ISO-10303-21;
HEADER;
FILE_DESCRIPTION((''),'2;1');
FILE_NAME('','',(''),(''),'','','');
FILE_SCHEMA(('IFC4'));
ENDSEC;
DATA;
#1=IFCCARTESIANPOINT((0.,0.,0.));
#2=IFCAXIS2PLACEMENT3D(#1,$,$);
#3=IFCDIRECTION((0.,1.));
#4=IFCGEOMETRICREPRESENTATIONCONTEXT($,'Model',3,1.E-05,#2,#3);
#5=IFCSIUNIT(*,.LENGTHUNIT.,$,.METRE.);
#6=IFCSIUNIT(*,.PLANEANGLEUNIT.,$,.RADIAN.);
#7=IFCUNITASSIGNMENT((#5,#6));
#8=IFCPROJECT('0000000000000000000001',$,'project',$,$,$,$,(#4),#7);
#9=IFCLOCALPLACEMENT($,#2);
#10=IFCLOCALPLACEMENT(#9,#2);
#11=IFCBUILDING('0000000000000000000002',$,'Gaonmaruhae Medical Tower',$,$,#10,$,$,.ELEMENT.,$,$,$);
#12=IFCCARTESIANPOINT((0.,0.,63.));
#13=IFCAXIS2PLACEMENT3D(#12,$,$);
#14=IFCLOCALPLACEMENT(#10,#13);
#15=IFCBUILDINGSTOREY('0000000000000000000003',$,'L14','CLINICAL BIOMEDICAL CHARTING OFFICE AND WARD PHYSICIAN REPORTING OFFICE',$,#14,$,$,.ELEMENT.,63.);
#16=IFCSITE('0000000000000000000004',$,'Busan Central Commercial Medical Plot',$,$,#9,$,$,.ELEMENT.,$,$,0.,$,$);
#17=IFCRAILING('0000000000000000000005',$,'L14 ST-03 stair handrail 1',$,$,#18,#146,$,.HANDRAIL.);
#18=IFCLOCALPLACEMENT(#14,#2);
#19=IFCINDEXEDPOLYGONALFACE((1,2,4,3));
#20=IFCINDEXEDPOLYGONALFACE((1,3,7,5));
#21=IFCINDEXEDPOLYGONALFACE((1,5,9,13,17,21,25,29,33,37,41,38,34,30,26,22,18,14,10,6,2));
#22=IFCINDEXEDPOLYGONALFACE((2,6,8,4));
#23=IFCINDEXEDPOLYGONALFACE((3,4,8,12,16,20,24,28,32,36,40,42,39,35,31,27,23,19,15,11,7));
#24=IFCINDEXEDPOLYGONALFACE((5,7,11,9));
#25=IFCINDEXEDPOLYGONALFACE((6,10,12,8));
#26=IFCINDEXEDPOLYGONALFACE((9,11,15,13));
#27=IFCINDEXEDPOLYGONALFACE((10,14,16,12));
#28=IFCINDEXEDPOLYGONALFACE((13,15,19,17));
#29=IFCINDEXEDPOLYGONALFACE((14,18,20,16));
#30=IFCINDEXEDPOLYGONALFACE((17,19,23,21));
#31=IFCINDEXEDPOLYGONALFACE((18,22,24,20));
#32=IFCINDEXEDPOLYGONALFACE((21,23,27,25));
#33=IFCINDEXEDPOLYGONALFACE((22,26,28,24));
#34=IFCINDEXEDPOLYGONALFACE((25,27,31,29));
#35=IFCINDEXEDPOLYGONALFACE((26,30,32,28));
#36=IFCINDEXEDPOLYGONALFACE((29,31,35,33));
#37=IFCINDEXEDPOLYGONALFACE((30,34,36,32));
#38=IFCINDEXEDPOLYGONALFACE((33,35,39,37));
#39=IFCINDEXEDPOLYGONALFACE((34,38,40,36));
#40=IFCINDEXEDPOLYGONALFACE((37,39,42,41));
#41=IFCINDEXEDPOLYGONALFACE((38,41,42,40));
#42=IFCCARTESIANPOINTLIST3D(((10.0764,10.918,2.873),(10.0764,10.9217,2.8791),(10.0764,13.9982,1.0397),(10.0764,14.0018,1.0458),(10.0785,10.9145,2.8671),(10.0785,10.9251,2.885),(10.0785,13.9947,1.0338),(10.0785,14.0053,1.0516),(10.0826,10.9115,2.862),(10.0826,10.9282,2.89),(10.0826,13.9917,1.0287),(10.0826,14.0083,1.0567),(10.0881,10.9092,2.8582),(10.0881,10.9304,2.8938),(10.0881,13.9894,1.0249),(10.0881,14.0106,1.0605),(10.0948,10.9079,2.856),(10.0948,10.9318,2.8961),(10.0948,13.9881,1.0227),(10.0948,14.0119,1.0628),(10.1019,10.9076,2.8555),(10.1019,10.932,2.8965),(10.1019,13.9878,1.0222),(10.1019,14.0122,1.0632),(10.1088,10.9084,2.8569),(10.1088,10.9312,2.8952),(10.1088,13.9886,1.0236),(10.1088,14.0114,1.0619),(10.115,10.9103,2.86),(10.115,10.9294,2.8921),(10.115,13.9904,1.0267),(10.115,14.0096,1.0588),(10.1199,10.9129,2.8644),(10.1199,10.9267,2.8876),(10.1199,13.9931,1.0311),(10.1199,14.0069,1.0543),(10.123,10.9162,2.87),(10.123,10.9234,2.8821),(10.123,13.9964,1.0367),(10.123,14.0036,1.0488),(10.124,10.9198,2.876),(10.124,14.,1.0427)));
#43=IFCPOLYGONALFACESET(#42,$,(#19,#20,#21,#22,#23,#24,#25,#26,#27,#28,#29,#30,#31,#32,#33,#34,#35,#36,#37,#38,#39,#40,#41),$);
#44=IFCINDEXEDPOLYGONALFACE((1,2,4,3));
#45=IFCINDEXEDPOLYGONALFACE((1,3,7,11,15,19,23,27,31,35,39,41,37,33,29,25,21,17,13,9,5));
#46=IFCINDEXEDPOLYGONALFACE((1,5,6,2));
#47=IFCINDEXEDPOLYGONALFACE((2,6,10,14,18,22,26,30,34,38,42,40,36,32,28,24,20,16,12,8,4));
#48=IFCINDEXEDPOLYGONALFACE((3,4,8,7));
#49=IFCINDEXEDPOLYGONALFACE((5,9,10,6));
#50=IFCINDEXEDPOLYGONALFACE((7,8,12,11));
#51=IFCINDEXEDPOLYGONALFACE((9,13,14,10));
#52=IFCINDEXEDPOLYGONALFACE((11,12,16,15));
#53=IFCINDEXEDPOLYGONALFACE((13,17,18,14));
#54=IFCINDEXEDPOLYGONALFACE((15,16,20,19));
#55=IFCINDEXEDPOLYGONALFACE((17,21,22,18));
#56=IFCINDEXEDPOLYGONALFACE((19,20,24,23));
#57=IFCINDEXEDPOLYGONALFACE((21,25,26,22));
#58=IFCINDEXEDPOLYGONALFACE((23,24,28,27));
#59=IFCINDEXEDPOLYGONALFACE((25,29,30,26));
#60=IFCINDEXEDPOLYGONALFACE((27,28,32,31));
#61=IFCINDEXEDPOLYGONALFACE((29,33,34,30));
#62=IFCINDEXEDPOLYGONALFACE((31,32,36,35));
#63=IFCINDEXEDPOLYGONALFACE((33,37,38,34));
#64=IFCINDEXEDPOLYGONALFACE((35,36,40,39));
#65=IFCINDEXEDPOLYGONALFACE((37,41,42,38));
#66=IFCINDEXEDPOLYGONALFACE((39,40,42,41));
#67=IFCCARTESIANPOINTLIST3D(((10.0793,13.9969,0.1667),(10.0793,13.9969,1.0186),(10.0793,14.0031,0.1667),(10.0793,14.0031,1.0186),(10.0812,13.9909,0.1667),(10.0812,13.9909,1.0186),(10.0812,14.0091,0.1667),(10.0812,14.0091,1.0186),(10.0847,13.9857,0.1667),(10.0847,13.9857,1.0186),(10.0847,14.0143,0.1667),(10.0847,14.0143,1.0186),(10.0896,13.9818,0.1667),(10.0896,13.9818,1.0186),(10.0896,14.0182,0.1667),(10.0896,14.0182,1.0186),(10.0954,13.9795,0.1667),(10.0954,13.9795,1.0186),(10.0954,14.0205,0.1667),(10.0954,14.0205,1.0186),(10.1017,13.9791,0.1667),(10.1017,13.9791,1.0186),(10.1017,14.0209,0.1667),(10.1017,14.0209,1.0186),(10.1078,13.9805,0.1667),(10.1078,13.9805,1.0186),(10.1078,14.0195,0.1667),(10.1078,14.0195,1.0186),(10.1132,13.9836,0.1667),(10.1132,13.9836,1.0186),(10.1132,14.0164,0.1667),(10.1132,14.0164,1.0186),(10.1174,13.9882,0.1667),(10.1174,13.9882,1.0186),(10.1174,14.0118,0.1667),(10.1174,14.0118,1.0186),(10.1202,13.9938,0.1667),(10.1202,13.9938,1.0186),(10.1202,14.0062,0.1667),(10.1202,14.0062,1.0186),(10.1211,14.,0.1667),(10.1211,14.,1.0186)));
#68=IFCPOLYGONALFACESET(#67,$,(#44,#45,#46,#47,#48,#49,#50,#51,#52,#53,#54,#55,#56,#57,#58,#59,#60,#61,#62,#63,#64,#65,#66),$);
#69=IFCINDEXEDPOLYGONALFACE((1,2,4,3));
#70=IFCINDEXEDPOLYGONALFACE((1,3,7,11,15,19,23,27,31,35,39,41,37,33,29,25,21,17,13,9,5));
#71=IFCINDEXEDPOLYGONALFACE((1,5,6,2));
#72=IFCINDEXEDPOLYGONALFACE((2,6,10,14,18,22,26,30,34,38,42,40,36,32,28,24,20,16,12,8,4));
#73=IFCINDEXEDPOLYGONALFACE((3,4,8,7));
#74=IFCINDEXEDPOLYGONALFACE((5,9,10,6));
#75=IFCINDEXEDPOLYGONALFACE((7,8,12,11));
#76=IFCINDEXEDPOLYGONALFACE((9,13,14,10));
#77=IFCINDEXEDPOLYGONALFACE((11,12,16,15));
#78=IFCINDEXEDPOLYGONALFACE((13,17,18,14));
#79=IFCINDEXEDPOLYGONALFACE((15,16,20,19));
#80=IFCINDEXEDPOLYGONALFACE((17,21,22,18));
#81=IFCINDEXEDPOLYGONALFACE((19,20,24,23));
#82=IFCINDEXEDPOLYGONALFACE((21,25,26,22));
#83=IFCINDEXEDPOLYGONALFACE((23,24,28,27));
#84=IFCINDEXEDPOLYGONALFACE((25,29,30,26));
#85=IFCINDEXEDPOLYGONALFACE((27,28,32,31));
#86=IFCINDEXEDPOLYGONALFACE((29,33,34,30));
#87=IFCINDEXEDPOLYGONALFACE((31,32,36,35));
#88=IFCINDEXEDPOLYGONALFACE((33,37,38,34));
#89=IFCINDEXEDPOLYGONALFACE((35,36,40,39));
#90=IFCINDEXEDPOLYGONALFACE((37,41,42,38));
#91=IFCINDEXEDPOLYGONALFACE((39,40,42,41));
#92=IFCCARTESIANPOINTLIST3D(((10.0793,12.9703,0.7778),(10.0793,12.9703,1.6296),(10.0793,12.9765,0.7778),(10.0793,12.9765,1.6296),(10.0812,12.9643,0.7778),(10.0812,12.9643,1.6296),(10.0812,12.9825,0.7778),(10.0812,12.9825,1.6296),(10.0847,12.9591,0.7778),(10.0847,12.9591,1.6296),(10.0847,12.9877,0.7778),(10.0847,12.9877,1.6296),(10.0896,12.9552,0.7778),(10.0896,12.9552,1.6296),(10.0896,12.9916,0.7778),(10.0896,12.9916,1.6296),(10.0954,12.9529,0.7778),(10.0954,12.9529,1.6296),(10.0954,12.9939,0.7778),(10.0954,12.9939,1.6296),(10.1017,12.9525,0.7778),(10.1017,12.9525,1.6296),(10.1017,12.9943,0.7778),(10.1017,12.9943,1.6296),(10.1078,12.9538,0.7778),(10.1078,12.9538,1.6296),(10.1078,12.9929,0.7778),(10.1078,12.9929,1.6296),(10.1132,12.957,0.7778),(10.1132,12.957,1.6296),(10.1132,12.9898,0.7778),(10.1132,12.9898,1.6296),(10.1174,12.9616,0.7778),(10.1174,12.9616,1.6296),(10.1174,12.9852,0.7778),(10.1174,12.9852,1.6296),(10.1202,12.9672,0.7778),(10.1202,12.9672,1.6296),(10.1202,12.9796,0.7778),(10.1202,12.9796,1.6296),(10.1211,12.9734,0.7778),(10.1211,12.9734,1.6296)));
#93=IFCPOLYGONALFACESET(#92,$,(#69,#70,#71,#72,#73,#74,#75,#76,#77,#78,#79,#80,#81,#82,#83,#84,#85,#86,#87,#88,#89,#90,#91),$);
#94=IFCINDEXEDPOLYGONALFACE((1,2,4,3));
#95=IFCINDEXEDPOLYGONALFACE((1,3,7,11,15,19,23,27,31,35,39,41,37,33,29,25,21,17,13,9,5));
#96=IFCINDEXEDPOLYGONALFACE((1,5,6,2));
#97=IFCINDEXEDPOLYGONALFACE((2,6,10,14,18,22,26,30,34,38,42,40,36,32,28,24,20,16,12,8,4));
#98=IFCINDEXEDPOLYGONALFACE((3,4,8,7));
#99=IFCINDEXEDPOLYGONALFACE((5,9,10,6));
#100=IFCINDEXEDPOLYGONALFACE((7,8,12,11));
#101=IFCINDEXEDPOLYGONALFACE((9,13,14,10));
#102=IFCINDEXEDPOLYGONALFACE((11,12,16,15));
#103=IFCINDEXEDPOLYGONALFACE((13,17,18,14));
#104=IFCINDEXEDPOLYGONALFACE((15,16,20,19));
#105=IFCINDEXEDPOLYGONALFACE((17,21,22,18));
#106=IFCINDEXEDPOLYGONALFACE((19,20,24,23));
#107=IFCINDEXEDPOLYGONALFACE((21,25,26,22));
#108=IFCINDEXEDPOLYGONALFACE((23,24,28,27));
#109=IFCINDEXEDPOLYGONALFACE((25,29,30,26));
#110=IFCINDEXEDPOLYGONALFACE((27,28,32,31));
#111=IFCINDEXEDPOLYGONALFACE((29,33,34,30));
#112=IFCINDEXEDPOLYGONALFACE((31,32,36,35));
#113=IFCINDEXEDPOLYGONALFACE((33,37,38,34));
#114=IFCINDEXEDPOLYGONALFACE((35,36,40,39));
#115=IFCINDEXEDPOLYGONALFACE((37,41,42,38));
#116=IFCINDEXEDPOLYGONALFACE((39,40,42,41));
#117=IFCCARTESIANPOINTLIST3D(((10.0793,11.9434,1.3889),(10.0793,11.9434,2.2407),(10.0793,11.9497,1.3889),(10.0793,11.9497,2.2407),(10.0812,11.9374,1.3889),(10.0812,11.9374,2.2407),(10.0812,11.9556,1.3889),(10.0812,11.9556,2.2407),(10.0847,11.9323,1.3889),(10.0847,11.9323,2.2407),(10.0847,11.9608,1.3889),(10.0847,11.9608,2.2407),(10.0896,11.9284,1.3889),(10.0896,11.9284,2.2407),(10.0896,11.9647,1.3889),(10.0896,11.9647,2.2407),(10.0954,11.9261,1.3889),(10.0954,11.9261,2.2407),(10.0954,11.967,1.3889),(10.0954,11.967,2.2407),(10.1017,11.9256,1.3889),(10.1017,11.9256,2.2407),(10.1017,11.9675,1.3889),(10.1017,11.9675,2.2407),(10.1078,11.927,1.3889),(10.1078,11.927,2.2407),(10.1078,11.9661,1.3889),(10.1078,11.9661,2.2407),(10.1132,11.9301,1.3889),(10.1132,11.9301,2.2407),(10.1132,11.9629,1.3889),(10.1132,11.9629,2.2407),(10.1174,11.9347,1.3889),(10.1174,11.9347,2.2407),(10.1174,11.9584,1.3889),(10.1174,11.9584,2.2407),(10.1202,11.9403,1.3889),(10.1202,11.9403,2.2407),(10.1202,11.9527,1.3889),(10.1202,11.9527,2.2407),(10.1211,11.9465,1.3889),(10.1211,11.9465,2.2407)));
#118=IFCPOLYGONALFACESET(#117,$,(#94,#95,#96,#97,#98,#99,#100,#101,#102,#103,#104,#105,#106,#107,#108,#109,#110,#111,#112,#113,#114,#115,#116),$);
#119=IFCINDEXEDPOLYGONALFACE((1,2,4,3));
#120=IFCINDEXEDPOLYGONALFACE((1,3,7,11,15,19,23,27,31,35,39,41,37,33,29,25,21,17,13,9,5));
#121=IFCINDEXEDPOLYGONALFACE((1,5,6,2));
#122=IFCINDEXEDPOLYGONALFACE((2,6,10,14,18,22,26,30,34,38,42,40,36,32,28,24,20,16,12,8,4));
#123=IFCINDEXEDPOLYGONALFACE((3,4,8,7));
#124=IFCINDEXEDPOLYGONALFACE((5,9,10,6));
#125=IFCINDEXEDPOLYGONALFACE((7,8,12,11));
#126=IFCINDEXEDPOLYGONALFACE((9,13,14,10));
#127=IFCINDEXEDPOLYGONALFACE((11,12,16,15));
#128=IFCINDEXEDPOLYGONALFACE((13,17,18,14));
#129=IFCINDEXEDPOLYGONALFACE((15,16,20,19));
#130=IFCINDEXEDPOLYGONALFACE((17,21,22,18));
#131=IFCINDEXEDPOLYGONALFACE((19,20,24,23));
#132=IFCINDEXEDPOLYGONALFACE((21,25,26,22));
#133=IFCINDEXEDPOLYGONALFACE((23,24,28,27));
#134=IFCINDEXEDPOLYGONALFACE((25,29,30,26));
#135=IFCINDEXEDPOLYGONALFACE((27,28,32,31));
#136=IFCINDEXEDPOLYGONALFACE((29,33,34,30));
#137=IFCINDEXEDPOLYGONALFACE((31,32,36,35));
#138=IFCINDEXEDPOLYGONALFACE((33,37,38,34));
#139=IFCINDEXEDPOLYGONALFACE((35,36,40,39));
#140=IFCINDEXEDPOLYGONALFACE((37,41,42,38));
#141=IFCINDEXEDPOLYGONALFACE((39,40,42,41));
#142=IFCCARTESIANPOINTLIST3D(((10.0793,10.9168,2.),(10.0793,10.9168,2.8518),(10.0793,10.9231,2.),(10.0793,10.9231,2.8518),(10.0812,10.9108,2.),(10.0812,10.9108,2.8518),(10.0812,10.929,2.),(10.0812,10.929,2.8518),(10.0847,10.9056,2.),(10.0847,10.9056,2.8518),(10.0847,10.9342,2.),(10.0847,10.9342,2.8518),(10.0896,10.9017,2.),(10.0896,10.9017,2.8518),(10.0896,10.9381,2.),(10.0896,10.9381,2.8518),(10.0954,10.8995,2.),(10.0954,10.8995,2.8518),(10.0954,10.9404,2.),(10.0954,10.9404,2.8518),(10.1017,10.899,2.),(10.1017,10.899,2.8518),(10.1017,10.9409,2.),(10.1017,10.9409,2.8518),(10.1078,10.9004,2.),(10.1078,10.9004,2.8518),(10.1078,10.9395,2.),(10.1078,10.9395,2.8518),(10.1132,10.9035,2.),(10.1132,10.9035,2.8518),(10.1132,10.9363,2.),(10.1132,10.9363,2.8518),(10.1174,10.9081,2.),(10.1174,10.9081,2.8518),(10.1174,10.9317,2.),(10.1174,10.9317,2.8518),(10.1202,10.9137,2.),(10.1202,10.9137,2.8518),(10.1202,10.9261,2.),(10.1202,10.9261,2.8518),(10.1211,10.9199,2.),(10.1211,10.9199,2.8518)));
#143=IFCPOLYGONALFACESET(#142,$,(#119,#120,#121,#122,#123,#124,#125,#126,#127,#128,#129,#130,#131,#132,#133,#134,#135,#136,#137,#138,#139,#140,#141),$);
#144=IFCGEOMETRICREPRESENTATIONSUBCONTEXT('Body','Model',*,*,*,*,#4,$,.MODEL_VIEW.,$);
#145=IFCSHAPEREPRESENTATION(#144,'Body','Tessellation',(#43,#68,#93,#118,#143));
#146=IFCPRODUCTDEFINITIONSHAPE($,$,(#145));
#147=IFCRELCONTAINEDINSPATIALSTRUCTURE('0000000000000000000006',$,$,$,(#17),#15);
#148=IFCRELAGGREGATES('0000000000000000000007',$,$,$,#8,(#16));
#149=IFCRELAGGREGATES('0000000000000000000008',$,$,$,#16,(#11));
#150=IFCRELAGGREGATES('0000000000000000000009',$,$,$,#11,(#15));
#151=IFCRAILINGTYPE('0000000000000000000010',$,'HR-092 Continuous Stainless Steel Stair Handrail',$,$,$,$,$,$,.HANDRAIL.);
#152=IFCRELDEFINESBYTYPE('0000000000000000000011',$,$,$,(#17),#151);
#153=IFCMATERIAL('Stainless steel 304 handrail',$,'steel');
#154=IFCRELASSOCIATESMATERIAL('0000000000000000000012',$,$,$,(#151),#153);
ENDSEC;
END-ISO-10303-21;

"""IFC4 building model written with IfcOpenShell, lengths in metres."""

from ifc_helpers import new_model, si_unit, direction, frame, origin, origin_2d, place, context, subcontext, project, spatial, circle, extrude, material, type_object, element, save


model = new_model("IFC4")

# Units and contexts
model_context = context("Model", 3, precision=1e-05, world=origin(), true_north=direction((0.0, 1.0)))
body_context = subcontext(model_context, "Body", "Model", "MODEL_VIEW")
ifc_project = project(units=[si_unit("LENGTHUNIT", "METRE"), si_unit("PLANEANGLEUNIT", "RADIAN")], contexts=[model_context])

# Site, building, storey
site_placement = place(None, origin())
site = spatial("IfcSite", under=ifc_project, at=site_placement, Name="Busan Central Commercial Medical Plot", CompositionType="ELEMENT", RefElevation=0.0)
building_placement = place(site_placement, origin())
building = spatial("IfcBuilding", under=site, at=building_placement, Name="Gaonmaruhae Medical Tower", CompositionType="ELEMENT")
storey_placement = place(building_placement, frame((0.0, 0.0, 63.0)))
storey = spatial("IfcBuildingStorey", under=building, at=storey_placement, Name="L14", Description="CLINICAL BIOMEDICAL CHARTING OFFICE AND WARD PHYSICIAN REPORTING OFFICE", CompositionType="ELEMENT", Elevation=63.0)

# Railing
ifc_material_1 = material(Name="Stainless steel 304 handrail", Category="steel")
railing_type_1 = type_object("IfcRailingType", Name="HR-092 Continuous Stainless Steel Stair Handrail", PredefinedType="HANDRAIL", material=ifc_material_1)
railing_1_placement = place(storey_placement, frame((10.1001, 14.0, 0.1667)))
element("IfcRailing", 1, at=railing_1_placement, inside=storey, type_object=railing_type_1, Name="L14 ST-03 stair handrail 1", PredefinedType="HANDRAIL", context=body_context, shape_type="SweptSolid", body=[
    extrude(circle(Radius=0.0239, at=origin_2d()), frame((0.0, 0.0, 0.876), z_axis=(0.0, -0.859309, 0.511458), x_axis=(1.0, 0.0, 0.0)), (0.0, 0.0, 1.0), 3.5845),
    extrude(circle(Radius=0.021, at=origin_2d()), origin(), (0.0, 0.0, 1.0), 0.8518),
    extrude(circle(Radius=0.021, at=origin_2d()), frame((0.0, -1.0266, 0.6111)), (0.0, 0.0, 1.0), 0.8518),
    extrude(circle(Radius=0.021, at=origin_2d()), frame((0.0, -2.0535, 1.2222)), (0.0, 0.0, 1.0), 0.8518),
    extrude(circle(Radius=0.021, at=origin_2d()), frame((0.0, -3.0801, 1.8333)), (0.0, 0.0, 1.0), 0.8518),
])

save(model, "model.ifc")
